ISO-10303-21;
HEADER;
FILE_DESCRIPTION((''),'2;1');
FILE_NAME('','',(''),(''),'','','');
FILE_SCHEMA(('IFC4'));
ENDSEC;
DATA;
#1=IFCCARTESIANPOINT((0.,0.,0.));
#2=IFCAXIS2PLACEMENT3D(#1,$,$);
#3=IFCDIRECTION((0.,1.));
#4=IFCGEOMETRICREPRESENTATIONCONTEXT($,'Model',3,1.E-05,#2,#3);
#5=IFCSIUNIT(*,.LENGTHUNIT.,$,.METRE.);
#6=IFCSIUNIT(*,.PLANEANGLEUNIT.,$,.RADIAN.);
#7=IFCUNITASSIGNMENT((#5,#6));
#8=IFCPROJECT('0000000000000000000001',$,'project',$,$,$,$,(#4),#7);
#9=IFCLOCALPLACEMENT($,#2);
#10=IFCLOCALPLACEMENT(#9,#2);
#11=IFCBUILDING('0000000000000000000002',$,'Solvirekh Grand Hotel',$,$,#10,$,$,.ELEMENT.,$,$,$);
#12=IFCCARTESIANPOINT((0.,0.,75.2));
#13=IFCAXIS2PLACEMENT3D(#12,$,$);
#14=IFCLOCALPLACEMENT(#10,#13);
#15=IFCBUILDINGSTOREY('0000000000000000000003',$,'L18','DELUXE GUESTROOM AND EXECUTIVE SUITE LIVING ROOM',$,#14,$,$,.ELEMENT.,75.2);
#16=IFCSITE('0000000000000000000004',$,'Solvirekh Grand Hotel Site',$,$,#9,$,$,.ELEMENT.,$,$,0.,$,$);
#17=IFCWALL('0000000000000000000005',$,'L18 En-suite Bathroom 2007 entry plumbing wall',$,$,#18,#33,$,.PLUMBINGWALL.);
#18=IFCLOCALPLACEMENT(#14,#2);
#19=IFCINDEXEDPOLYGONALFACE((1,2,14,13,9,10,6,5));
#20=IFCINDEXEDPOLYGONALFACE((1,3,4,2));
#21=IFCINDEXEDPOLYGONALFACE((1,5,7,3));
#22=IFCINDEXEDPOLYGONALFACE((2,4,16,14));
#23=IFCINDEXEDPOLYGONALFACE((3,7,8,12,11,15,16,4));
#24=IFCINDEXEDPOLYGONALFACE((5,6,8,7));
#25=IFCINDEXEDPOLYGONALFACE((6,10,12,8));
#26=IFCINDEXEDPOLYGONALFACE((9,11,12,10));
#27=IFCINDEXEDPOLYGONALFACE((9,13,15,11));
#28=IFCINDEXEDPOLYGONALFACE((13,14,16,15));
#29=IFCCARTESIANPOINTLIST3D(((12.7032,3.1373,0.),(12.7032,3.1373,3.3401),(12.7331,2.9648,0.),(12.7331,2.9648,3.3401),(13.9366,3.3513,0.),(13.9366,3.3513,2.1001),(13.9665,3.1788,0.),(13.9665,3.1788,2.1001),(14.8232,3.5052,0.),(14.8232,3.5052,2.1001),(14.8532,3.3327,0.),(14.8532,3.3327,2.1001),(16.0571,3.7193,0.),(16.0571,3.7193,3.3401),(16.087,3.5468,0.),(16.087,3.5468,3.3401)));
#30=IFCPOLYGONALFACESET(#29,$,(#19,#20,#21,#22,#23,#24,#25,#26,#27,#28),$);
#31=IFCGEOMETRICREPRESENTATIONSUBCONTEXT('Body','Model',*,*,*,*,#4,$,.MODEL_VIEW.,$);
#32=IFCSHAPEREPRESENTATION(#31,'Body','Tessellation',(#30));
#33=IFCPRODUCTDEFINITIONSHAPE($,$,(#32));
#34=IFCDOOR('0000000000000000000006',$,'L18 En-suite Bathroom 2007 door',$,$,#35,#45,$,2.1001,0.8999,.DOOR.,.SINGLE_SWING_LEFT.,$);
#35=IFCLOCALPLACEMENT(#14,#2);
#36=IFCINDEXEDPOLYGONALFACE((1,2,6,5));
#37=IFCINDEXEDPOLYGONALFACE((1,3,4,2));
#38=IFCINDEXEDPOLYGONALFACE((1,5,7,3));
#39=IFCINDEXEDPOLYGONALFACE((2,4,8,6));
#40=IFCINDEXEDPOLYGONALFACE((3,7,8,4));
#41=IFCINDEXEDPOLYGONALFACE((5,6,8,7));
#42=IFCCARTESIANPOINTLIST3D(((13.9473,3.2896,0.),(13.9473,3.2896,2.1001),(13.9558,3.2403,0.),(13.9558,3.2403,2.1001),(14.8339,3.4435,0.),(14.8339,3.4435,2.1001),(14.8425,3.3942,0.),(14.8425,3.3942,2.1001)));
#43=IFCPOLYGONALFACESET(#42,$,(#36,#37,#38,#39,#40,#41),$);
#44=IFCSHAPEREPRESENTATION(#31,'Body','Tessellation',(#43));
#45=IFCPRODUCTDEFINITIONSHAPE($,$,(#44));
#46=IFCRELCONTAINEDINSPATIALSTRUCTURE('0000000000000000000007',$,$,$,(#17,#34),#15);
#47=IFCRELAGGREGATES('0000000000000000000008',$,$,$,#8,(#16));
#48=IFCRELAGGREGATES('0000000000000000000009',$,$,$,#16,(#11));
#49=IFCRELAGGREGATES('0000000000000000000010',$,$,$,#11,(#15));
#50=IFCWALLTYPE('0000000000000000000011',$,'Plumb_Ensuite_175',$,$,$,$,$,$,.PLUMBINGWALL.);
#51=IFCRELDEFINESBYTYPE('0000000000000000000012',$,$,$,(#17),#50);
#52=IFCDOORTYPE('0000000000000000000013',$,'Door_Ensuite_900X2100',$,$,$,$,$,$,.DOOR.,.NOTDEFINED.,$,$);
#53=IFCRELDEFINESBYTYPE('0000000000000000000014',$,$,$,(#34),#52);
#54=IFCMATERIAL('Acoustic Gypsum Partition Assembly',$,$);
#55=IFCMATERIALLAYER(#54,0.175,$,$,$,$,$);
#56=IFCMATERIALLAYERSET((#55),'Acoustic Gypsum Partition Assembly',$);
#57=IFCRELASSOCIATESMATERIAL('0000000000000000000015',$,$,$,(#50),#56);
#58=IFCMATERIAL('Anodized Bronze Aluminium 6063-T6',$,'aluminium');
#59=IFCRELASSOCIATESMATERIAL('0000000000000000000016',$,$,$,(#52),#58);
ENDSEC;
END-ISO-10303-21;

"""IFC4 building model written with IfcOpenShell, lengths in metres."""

from ifc_helpers import new_model, si_unit, direction, frame, frame_2d, origin, place, context, subcontext, project, spatial, rectangle, extrude, material, layer, layer_set, type_object, element, fill, save


model = new_model("IFC4")

# Units and contexts
model_context = context("Model", 3, precision=1e-05, world=origin(), true_north=direction((0.0, 1.0)))
body_context = subcontext(model_context, "Body", "Model", "MODEL_VIEW")
ifc_project = project(units=[si_unit("LENGTHUNIT", "METRE"), si_unit("PLANEANGLEUNIT", "RADIAN")], contexts=[model_context])

# Site, building, storey
site_placement = place(None, origin())
site = spatial("IfcSite", under=ifc_project, at=site_placement, Name="Solvirekh Grand Hotel Site", CompositionType="ELEMENT", RefElevation=0.0)
building_placement = place(site_placement, origin())
building = spatial("IfcBuilding", under=site, at=building_placement, Name="Solvirekh Grand Hotel", CompositionType="ELEMENT")
storey_placement = place(building_placement, frame((0.0, 0.0, 75.2)))
storey = spatial("IfcBuildingStorey", under=building, at=storey_placement, Name="L18", Description="DELUXE GUESTROOM AND EXECUTIVE SUITE LIVING ROOM", CompositionType="ELEMENT", Elevation=75.2)

# Shared definitions
ifc_material_1 = material(Name="Anodized Bronze Aluminium 6063-T6", Category="aluminium")

# Shared definitions
ifc_material_2 = material(Name="Acoustic Gypsum Partition Assembly")

# Shared definitions
ifc_layer_1 = layer(ifc_material_2, 0.175)
ifc_layer_set_1 = layer_set([ifc_layer_1], Name="Acoustic Gypsum Partition Assembly")
wall_type_1 = type_object("IfcWallType", Name="Plumb_Ensuite_175", PredefinedType="PLUMBINGWALL", material=ifc_layer_set_1)

# Wall, opening, door
wall_1_placement = place(storey_placement, frame((12.718, 3.051, 0.0), z_axis=(0.0, 0.0, 1.0), x_axis=(0.985275, 0.170978, 0.0)))
wall_1 = element("IfcWall", 1, at=wall_1_placement, inside=storey, type_object=wall_type_1, Name="L18 En-suite Bathroom 2007 entry plumbing wall", PredefinedType="PLUMBINGWALL", context=body_context, shape_type="SweptSolid", body=[
    extrude(rectangle(XDim=3.4041, YDim=0.175, at=frame_2d((1.7021, 0.0))), origin(), (0.0, 0.0, 1.0), 3.3401),
])
opening_1_placement = place(wall_1_placement, frame((1.252, 0.0, 0.0)))
opening_1 = element("IfcOpeningElement", 2, at=opening_1_placement, cuts=wall_1, PredefinedType="OPENING", context=body_context, shape_type="SweptSolid", body=[
    extrude(rectangle(XDim=0.8999, YDim=2.1001, at=frame_2d((0.45, 1.05))), frame((0.0, 0.0977, 0.0), z_axis=(0.0, -1.0, 0.0), x_axis=(1.0, 0.0, 0.0)), (0.0, 0.0, 1.0), 0.1951),
])
door_type_1 = type_object("IfcDoorType", Name="Door_Ensuite_900X2100", OperationType="NOTDEFINED", PredefinedType="DOOR", material=ifc_material_1)
door_1_placement = place(opening_1_placement, origin())
door_1 = element("IfcDoor", 3, at=door_1_placement, inside=storey, type_object=door_type_1, Name="L18 En-suite Bathroom 2007 door", OperationType="SINGLE_SWING_LEFT", OverallHeight=2.1001, OverallWidth=0.8999, PredefinedType="DOOR", context=body_context, shape_type="SweptSolid", body=[
    extrude(rectangle(XDim=0.8999, YDim=2.1001, at=frame_2d((0.45, 1.05))), frame((0.0, 0.0249, 0.0), z_axis=(0.0, -1.0, 0.0), x_axis=(1.0, 0.0, 0.0)), (0.0, 0.0, 1.0), 0.05),
])
fill(opening_1, door_1)

save(model, "model.ifc")
